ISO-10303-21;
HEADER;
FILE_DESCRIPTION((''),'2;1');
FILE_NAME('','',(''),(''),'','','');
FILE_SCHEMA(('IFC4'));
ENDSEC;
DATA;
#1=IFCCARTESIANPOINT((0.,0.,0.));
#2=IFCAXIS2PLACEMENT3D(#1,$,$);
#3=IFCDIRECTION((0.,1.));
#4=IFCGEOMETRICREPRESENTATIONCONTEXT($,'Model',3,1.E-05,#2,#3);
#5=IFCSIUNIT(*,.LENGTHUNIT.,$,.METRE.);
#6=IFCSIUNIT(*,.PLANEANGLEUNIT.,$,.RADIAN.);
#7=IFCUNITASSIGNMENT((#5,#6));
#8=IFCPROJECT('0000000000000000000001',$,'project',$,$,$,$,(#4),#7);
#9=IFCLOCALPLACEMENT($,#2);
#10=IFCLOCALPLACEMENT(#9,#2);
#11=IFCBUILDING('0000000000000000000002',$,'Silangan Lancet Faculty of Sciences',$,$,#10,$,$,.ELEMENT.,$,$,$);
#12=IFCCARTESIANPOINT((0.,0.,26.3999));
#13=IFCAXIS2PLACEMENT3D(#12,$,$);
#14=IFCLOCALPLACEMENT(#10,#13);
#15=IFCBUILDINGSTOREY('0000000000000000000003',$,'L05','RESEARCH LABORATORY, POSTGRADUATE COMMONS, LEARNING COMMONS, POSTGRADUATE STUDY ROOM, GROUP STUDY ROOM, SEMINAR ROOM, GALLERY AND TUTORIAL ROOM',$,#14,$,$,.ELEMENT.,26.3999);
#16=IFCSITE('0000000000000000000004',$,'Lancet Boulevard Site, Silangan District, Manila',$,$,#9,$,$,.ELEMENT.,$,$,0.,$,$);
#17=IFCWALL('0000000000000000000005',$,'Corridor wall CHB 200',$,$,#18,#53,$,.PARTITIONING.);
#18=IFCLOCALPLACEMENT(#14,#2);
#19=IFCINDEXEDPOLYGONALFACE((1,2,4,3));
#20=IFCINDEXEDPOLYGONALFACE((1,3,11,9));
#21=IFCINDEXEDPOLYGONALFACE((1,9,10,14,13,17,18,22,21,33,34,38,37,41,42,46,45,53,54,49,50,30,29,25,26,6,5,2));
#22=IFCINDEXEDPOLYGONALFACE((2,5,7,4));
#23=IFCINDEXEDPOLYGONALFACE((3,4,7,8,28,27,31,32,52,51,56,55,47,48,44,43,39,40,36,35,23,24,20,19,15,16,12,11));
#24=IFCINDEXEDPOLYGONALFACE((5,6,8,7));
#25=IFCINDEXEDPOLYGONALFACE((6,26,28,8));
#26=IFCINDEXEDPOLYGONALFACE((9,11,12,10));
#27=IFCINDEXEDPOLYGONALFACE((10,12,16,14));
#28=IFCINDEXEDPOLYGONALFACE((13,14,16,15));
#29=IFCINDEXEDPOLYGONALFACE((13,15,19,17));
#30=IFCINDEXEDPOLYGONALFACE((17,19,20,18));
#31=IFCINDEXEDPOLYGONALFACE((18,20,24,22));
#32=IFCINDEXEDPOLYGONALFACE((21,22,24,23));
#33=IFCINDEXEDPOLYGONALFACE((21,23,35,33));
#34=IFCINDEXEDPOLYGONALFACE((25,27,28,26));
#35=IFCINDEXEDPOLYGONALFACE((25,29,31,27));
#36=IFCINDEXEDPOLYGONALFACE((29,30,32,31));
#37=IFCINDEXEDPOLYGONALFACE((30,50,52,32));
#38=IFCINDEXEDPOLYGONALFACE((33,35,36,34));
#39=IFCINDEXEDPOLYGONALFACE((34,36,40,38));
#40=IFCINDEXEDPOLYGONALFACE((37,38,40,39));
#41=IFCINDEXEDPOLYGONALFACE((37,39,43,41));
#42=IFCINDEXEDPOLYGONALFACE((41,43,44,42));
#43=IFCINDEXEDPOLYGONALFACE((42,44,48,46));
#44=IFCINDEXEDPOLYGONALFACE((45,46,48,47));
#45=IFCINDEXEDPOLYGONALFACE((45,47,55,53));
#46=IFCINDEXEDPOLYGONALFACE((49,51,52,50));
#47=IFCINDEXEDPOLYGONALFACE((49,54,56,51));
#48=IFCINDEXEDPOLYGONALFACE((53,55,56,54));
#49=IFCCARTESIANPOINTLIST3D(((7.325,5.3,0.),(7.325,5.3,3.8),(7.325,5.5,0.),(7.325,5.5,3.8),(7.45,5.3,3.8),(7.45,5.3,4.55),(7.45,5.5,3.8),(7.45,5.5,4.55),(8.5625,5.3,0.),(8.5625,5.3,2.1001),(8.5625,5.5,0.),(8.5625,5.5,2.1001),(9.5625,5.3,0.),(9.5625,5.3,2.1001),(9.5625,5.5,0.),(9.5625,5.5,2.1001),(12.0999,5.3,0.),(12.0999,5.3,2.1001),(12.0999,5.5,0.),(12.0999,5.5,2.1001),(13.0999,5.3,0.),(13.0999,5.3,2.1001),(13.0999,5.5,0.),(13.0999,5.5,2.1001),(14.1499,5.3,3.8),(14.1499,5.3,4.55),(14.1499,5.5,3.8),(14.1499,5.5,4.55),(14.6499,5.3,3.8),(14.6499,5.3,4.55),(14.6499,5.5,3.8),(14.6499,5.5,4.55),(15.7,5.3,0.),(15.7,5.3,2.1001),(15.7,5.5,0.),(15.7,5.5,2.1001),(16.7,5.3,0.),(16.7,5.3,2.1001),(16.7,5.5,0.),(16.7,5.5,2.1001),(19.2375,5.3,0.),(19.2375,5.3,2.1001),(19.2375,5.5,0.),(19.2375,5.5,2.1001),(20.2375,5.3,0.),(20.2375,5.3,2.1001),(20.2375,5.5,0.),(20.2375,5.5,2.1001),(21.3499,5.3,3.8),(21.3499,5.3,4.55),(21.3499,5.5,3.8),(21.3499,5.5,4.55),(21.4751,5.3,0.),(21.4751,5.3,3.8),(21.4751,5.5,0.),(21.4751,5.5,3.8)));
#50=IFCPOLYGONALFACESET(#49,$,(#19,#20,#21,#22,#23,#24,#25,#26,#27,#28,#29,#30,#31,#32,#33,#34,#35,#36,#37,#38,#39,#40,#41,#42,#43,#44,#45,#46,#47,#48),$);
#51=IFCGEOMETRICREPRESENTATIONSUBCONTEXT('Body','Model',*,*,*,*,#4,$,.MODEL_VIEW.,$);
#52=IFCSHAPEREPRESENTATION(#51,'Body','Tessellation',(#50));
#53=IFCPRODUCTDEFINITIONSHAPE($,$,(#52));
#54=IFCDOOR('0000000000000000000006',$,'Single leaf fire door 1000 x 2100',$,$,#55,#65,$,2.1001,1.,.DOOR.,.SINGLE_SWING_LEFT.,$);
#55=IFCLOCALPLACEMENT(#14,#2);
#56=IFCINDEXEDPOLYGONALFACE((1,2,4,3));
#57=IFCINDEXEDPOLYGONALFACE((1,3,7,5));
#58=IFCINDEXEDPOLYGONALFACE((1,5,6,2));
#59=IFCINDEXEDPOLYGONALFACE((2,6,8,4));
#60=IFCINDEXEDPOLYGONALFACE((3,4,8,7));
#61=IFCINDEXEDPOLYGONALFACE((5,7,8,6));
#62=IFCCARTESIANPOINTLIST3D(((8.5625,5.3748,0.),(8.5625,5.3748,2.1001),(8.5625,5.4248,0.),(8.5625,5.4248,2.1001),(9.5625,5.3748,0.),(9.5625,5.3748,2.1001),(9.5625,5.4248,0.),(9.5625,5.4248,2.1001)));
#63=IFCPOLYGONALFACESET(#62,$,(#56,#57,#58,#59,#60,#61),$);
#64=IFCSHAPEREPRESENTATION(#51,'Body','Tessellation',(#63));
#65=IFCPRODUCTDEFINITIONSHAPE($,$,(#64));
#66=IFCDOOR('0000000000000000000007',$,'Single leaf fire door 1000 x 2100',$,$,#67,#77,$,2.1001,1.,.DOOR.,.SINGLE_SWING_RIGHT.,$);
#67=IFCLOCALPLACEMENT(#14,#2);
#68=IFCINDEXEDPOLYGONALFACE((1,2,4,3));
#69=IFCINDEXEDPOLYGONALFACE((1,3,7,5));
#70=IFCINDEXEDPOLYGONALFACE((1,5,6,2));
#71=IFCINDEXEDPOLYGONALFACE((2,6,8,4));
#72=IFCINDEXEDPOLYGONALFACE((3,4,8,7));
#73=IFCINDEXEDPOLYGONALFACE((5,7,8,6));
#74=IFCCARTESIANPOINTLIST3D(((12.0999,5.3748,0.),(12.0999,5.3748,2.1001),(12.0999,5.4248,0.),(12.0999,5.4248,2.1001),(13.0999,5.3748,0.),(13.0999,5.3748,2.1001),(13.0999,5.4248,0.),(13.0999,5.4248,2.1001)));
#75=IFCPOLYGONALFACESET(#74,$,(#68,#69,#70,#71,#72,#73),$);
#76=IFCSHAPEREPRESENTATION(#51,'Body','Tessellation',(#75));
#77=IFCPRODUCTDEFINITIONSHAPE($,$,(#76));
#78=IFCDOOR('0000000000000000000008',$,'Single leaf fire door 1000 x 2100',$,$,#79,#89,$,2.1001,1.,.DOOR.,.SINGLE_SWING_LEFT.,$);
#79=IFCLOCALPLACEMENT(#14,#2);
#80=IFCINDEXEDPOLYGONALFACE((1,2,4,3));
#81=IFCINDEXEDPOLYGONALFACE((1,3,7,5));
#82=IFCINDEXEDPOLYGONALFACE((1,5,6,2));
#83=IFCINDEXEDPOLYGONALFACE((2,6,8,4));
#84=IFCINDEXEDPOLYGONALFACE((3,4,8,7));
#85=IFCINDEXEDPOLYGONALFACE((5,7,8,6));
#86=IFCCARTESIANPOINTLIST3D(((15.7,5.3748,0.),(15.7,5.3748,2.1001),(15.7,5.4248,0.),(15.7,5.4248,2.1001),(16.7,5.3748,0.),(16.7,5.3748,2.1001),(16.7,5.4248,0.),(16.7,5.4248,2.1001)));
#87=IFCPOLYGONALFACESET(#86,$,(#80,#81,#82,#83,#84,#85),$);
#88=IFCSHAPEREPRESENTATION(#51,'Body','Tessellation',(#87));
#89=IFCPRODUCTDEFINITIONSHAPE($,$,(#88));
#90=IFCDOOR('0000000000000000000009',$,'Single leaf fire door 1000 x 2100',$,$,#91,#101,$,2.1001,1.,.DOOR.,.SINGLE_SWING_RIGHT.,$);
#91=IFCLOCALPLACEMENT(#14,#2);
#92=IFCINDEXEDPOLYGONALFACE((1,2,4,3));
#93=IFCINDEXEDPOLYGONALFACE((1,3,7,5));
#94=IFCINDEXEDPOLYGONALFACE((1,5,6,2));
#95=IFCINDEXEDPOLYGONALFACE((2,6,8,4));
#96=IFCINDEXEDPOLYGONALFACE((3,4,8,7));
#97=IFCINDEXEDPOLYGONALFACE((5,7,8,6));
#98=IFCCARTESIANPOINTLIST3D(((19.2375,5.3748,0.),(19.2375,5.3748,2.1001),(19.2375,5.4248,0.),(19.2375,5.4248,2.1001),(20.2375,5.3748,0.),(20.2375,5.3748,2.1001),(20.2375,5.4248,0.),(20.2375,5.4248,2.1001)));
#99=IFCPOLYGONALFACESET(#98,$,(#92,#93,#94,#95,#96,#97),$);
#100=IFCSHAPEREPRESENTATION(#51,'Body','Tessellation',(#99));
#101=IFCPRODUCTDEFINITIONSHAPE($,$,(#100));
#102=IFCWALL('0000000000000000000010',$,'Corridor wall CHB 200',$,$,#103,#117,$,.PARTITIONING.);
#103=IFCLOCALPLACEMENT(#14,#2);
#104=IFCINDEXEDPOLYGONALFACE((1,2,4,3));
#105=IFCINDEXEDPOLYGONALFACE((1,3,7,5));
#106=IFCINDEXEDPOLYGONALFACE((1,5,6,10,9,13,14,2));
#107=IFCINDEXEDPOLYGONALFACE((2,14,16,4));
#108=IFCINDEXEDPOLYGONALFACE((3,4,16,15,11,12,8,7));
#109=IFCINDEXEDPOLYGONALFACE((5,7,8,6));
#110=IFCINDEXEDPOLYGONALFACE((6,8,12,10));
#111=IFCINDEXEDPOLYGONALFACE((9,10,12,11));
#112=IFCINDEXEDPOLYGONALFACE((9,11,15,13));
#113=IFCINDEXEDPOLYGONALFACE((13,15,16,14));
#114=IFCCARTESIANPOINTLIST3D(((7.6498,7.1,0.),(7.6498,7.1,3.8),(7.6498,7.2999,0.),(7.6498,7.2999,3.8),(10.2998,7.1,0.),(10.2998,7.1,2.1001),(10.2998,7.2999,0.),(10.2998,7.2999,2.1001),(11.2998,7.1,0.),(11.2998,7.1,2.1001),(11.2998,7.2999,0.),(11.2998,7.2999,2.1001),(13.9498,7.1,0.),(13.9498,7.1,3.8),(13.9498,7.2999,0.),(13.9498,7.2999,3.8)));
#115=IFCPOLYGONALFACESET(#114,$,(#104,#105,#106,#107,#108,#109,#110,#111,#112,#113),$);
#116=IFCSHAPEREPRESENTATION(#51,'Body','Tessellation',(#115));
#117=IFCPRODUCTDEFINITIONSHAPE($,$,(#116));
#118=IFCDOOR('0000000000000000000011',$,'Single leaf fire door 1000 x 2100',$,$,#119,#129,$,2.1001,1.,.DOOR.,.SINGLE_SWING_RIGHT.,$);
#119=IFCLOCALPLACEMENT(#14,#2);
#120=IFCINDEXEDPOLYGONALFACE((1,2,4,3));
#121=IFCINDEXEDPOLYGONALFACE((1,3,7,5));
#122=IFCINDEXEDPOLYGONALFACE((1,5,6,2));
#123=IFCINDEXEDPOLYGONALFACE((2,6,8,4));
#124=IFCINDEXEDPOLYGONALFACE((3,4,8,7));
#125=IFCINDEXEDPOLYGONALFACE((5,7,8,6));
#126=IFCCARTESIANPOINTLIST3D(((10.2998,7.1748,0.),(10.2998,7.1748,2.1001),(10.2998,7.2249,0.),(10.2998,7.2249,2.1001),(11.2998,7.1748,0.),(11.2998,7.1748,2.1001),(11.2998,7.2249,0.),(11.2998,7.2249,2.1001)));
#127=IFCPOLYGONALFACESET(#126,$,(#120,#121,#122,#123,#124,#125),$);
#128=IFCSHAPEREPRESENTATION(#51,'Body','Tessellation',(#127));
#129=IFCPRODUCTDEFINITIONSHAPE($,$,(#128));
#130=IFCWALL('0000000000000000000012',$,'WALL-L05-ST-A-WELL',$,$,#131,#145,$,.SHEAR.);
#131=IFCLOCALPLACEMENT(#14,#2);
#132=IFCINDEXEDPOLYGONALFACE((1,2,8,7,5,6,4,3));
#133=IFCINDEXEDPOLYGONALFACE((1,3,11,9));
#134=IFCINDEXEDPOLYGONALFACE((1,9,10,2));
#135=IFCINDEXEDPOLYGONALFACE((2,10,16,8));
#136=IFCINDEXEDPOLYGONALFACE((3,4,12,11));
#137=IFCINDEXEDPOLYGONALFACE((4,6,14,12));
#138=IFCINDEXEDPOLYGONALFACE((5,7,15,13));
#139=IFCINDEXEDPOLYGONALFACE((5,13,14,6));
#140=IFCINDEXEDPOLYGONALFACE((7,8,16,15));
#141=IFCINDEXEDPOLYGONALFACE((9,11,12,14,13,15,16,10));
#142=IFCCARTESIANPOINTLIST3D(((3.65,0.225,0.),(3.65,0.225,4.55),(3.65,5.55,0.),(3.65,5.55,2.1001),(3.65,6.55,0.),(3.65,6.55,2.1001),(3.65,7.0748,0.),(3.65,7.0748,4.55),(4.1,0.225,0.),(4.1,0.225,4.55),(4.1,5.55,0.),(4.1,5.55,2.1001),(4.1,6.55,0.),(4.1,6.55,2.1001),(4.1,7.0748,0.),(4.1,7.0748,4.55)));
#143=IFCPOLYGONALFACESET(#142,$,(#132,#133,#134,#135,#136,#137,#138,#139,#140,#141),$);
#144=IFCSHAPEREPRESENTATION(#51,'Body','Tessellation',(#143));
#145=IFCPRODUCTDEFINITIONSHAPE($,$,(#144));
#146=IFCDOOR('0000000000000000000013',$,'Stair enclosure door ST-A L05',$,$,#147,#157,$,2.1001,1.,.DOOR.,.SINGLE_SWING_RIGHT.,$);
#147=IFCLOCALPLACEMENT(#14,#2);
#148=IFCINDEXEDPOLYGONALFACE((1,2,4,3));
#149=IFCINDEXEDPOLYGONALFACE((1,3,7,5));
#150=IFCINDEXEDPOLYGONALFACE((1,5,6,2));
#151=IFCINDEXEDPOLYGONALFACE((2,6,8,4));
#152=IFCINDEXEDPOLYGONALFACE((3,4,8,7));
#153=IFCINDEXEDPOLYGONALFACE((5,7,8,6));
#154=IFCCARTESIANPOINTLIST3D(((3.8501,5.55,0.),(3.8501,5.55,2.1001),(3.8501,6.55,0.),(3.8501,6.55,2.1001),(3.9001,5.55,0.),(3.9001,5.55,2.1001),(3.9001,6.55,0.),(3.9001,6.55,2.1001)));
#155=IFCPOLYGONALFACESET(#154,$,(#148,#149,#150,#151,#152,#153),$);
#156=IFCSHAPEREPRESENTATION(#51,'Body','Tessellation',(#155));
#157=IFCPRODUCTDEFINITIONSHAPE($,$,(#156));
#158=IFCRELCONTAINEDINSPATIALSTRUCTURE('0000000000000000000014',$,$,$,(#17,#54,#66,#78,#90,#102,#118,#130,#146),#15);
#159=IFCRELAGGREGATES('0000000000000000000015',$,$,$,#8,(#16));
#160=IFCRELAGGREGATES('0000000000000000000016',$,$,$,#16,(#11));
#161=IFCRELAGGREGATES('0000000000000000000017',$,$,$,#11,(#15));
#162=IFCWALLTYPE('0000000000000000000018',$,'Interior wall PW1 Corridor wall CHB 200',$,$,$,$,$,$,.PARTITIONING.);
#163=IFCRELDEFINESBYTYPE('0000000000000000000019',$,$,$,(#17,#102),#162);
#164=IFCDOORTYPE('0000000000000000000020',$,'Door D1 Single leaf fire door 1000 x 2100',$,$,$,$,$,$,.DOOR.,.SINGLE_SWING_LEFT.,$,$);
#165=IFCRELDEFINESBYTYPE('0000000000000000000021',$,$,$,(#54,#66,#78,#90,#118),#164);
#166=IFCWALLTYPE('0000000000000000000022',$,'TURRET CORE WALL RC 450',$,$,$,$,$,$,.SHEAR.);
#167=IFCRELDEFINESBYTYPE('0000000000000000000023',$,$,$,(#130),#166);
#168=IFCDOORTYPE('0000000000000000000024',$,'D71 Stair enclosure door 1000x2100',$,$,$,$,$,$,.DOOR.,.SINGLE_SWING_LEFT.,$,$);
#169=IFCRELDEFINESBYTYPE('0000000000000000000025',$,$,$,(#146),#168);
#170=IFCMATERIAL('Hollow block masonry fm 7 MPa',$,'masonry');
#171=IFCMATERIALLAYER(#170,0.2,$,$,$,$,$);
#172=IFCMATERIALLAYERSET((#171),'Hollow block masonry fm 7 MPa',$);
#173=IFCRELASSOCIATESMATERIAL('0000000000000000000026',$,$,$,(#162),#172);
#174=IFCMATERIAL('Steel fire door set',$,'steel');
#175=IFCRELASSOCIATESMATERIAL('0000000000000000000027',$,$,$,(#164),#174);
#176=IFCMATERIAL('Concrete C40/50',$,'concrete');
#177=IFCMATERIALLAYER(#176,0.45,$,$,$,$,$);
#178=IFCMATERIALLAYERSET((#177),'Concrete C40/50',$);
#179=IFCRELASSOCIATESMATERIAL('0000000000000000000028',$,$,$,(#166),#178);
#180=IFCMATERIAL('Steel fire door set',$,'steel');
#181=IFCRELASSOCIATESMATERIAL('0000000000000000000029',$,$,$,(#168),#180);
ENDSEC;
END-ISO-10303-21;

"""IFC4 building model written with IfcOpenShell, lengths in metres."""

from ifc_helpers import new_model, si_unit, direction, frame, frame_2d, origin, place, context, subcontext, project, spatial, polyline, rectangle, outline, extrude, material, layer, layer_set, type_object, element, fill, save


model = new_model("IFC4")

# Units and contexts
model_context = context("Model", 3, precision=1e-05, world=origin(), true_north=direction((0.0, 1.0)))
body_context = subcontext(model_context, "Body", "Model", "MODEL_VIEW")
ifc_project = project(units=[si_unit("LENGTHUNIT", "METRE"), si_unit("PLANEANGLEUNIT", "RADIAN")], contexts=[model_context])

# Site, building, storey
site_placement = place(None, origin())
site = spatial("IfcSite", under=ifc_project, at=site_placement, Name="Lancet Boulevard Site, Silangan District, Manila", CompositionType="ELEMENT", RefElevation=0.0)
building_placement = place(site_placement, origin())
building = spatial("IfcBuilding", under=site, at=building_placement, Name="Silangan Lancet Faculty of Sciences", CompositionType="ELEMENT")
storey_placement = place(building_placement, frame((0.0, 0.0, 26.3999)))
storey = spatial("IfcBuildingStorey", under=building, at=storey_placement, Name="L05", Description="RESEARCH LABORATORY, POSTGRADUATE COMMONS, LEARNING COMMONS, POSTGRADUATE STUDY ROOM, GROUP STUDY ROOM, SEMINAR ROOM, GALLERY AND TUTORIAL ROOM", CompositionType="ELEMENT", Elevation=26.3999)

# Wall, openings, doors
ifc_material_1 = material(Name="Hollow block masonry fm 7 MPa", Category="masonry")
ifc_layer_1 = layer(ifc_material_1, 0.2)
ifc_layer_set_1 = layer_set([ifc_layer_1], Name="Hollow block masonry fm 7 MPa")
wall_type_1 = type_object("IfcWallType", Name="Interior wall PW1 Corridor wall CHB 200", PredefinedType="PARTITIONING", material=ifc_layer_set_1)
wall_1_placement = place(storey_placement, frame((7.325, 5.3999, 0.0), z_axis=(0.0, 0.0, 1.0), x_axis=(1.0, 0.0, 0.0)))
wall_1 = element("IfcWall", 1, at=wall_1_placement, inside=storey, type_object=wall_type_1, Name="Corridor wall CHB 200", PredefinedType="PARTITIONING", context=body_context, shape_type="SweptSolid", body=[
    extrude(outline(polyline([(0.0, 0.0), (14.1501, 0.0), (14.1501, 3.8), (14.0249, 3.8), (14.0249, 4.55), (7.325, 4.55), (7.325, 3.8), (6.825, 3.8), (6.825, 4.55), (0.125, 4.55), (0.125, 3.8), (0.0, 3.8), (0.0, 0.0)])), frame((0.0, 0.1001, 0.0), z_axis=(0.0, -1.0, 0.0), x_axis=(1.0, 0.0, 0.0)), (0.0, 0.0, 1.0), 0.2),
])
opening_1_placement = place(wall_1_placement, frame((1.2375, 0.0, 0.0)))
opening_1 = element("IfcOpeningElement", 2, at=opening_1_placement, cuts=wall_1, PredefinedType="OPENING", context=body_context, shape_type="SweptSolid", body=[
    extrude(rectangle(XDim=1.0, YDim=2.1001, at=frame_2d((0.5, 1.05))), frame((0.0, 0.1099, 0.0), z_axis=(0.0, -1.0, 0.0), x_axis=(1.0, 0.0, 0.0)), (0.0, 0.0, 1.0), 0.22),
])
opening_2_placement = place(wall_1_placement, frame((4.7749, 0.0, 0.0)))
opening_2 = element("IfcOpeningElement", 3, at=opening_2_placement, cuts=wall_1, PredefinedType="OPENING", context=body_context, shape_type="SweptSolid", body=[
    extrude(rectangle(XDim=1.0, YDim=2.1001, at=frame_2d((0.5, 1.05))), frame((0.0, 0.1099, 0.0), z_axis=(0.0, -1.0, 0.0), x_axis=(1.0, 0.0, 0.0)), (0.0, 0.0, 1.0), 0.22),
])
opening_3_placement = place(wall_1_placement, frame((8.375, 0.0, 0.0)))
opening_3 = element("IfcOpeningElement", 4, at=opening_3_placement, cuts=wall_1, PredefinedType="OPENING", context=body_context, shape_type="SweptSolid", body=[
    extrude(rectangle(XDim=1.0, YDim=2.1001, at=frame_2d((0.5, 1.05))), frame((0.0, 0.1099, 0.0), z_axis=(0.0, -1.0, 0.0), x_axis=(1.0, 0.0, 0.0)), (0.0, 0.0, 1.0), 0.22),
])
opening_4_placement = place(wall_1_placement, frame((11.9126, 0.0, 0.0)))
opening_4 = element("IfcOpeningElement", 5, at=opening_4_placement, cuts=wall_1, PredefinedType="OPENING", context=body_context, shape_type="SweptSolid", body=[
    extrude(rectangle(XDim=1.0, YDim=2.1001, at=frame_2d((0.5, 1.05))), frame((0.0, 0.1099, 0.0), z_axis=(0.0, -1.0, 0.0), x_axis=(1.0, 0.0, 0.0)), (0.0, 0.0, 1.0), 0.22),
])
ifc_material_2 = material(Name="Steel fire door set", Category="steel")
door_type_1 = type_object("IfcDoorType", Name="Door D1 Single leaf fire door 1000 x 2100", OperationType="SINGLE_SWING_LEFT", PredefinedType="DOOR", material=ifc_material_2)
door_1_placement = place(opening_1_placement, frame((1.0, 0.0, 0.0), z_axis=(0.0, 0.0, 1.0), x_axis=(-1.0, 0.0, 0.0)))
door_1 = element("IfcDoor", 6, at=door_1_placement, inside=storey, type_object=door_type_1, Name="Single leaf fire door 1000 x 2100", OperationType="SINGLE_SWING_LEFT", OverallHeight=2.1001, OverallWidth=1.0, PredefinedType="DOOR", context=body_context, shape_type="SweptSolid", body=[
    extrude(rectangle(XDim=1.0, YDim=2.1001, at=frame_2d((0.5, 1.05))), frame((0.0, 0.0251, 0.0), z_axis=(0.0, -1.0, 0.0), x_axis=(1.0, 0.0, 0.0)), (0.0, 0.0, 1.0), 0.05),
])
fill(opening_1, door_1)
door_2_placement = place(opening_2_placement, frame((1.0, 0.0, 0.0), z_axis=(0.0, 0.0, 1.0), x_axis=(-1.0, 0.0, 0.0)))
door_2 = element("IfcDoor", 7, at=door_2_placement, inside=storey, type_object=door_type_1, Name="Single leaf fire door 1000 x 2100", OperationType="SINGLE_SWING_RIGHT", OverallHeight=2.1001, OverallWidth=1.0, PredefinedType="DOOR", context=body_context, shape_type="SweptSolid", body=[
    extrude(rectangle(XDim=1.0, YDim=2.1001, at=frame_2d((0.5, 1.05))), frame((0.0, 0.0251, 0.0), z_axis=(0.0, -1.0, 0.0), x_axis=(1.0, 0.0, 0.0)), (0.0, 0.0, 1.0), 0.05),
])
fill(opening_2, door_2)
door_3_placement = place(opening_3_placement, frame((1.0, 0.0, 0.0), z_axis=(0.0, 0.0, 1.0), x_axis=(-1.0, 0.0, 0.0)))
door_3 = element("IfcDoor", 8, at=door_3_placement, inside=storey, type_object=door_type_1, Name="Single leaf fire door 1000 x 2100", OperationType="SINGLE_SWING_LEFT", OverallHeight=2.1001, OverallWidth=1.0, PredefinedType="DOOR", context=body_context, shape_type="SweptSolid", body=[
    extrude(rectangle(XDim=1.0, YDim=2.1001, at=frame_2d((0.5, 1.05))), frame((0.0, 0.0251, 0.0), z_axis=(0.0, -1.0, 0.0), x_axis=(1.0, 0.0, 0.0)), (0.0, 0.0, 1.0), 0.05),
])
fill(opening_3, door_3)
door_4_placement = place(opening_4_placement, frame((1.0, 0.0, 0.0), z_axis=(0.0, 0.0, 1.0), x_axis=(-1.0, 0.0, 0.0)))
door_4 = element("IfcDoor", 9, at=door_4_placement, inside=storey, type_object=door_type_1, Name="Single leaf fire door 1000 x 2100", OperationType="SINGLE_SWING_RIGHT", OverallHeight=2.1001, OverallWidth=1.0, PredefinedType="DOOR", context=body_context, shape_type="SweptSolid", body=[
    extrude(rectangle(XDim=1.0, YDim=2.1001, at=frame_2d((0.5, 1.05))), frame((0.0, 0.0251, 0.0), z_axis=(0.0, -1.0, 0.0), x_axis=(1.0, 0.0, 0.0)), (0.0, 0.0, 1.0), 0.05),
])
fill(opening_4, door_4)

# Walls, openings, doors
wall_2_placement = place(storey_placement, frame((7.6499, 7.2, 0.0), z_axis=(0.0, 0.0, 1.0), x_axis=(1.0, 0.0, 0.0)))
wall_2 = element("IfcWall", 10, at=wall_2_placement, inside=storey, type_object=wall_type_1, Name="Corridor wall CHB 200", PredefinedType="PARTITIONING", context=body_context, shape_type="SweptSolid", body=[
    extrude(rectangle(XDim=6.3, YDim=0.2, at=frame_2d((3.1499, 0.0))), origin(), (0.0, 0.0, 1.0), 3.8),
])
opening_5_placement = place(wall_2_placement, frame((2.6499, 0.0, 0.0)))
opening_5 = element("IfcOpeningElement", 11, at=opening_5_placement, cuts=wall_2, PredefinedType="OPENING", context=body_context, shape_type="SweptSolid", body=[
    extrude(rectangle(XDim=1.0, YDim=2.1001, at=frame_2d((0.5, 1.05))), frame((0.0, 0.1099, 0.0), z_axis=(0.0, -1.0, 0.0), x_axis=(1.0, 0.0, 0.0)), (0.0, 0.0, 1.0), 0.22),
])
door_5_placement = place(opening_5_placement, frame((1.0, 0.0, 0.0), z_axis=(0.0, 0.0, 1.0), x_axis=(-1.0, 0.0, 0.0)))
door_5 = element("IfcDoor", 12, at=door_5_placement, inside=storey, type_object=door_type_1, Name="Single leaf fire door 1000 x 2100", OperationType="SINGLE_SWING_RIGHT", OverallHeight=2.1001, OverallWidth=1.0, PredefinedType="DOOR", context=body_context, shape_type="SweptSolid", body=[
    extrude(rectangle(XDim=1.0, YDim=2.1001, at=frame_2d((0.5, 1.05))), frame((0.0, 0.0251, 0.0), z_axis=(0.0, -1.0, 0.0), x_axis=(1.0, 0.0, 0.0)), (0.0, 0.0, 1.0), 0.05),
])
fill(opening_5, door_5)
ifc_material_3 = material(Name="Concrete C40/50", Category="concrete")
ifc_layer_2 = layer(ifc_material_3, 0.45)
ifc_layer_set_2 = layer_set([ifc_layer_2], Name="Concrete C40/50")
wall_type_2 = type_object("IfcWallType", Name="TURRET CORE WALL RC 450", PredefinedType="SHEAR", material=ifc_layer_set_2)
wall_3_placement = place(storey_placement, frame((3.875, 0.2251, 0.0), z_axis=(0.0, 0.0, 1.0), x_axis=(0.0, 1.0, 0.0)))
wall_3 = element("IfcWall", 13, at=wall_3_placement, inside=storey, type_object=wall_type_2, Name="WALL-L05-ST-A-WELL", PredefinedType="SHEAR", context=body_context, shape_type="SweptSolid", body=[
    extrude(rectangle(XDim=6.8499, YDim=0.45, at=frame_2d((3.4248, 0.0))), origin(), (0.0, 0.0, 1.0), 4.55),
])
opening_6_placement = place(wall_3_placement, frame((5.325, 0.0, 0.0)))
opening_6 = element("IfcOpeningElement", 14, at=opening_6_placement, cuts=wall_3, PredefinedType="OPENING", context=body_context, shape_type="SweptSolid", body=[
    extrude(rectangle(XDim=1.0, YDim=2.1001, at=frame_2d((0.5, 1.05))), frame((0.0, 0.2349, 0.0), z_axis=(0.0, -1.0, 0.0), x_axis=(1.0, 0.0, 0.0)), (0.0, 0.0, 1.0), 0.47),
])
ifc_material_4 = material(Name="Steel fire door set", Category="steel")
door_type_2 = type_object("IfcDoorType", Name="D71 Stair enclosure door 1000x2100", OperationType="SINGLE_SWING_LEFT", PredefinedType="DOOR", material=ifc_material_4)
door_6_placement = place(opening_6_placement, origin())
door_6 = element("IfcDoor", 15, at=door_6_placement, inside=storey, type_object=door_type_2, Name="Stair enclosure door ST-A L05", OperationType="SINGLE_SWING_RIGHT", OverallHeight=2.1001, OverallWidth=1.0, PredefinedType="DOOR", context=body_context, shape_type="SweptSolid", body=[
    extrude(rectangle(XDim=1.0, YDim=2.1001, at=frame_2d((0.5, 1.05))), frame((0.0, 0.0249, 0.0), z_axis=(0.0, -1.0, 0.0), x_axis=(1.0, 0.0, 0.0)), (0.0, 0.0, 1.0), 0.05),
])
fill(opening_6, door_6)

save(model, "model.ifc")
